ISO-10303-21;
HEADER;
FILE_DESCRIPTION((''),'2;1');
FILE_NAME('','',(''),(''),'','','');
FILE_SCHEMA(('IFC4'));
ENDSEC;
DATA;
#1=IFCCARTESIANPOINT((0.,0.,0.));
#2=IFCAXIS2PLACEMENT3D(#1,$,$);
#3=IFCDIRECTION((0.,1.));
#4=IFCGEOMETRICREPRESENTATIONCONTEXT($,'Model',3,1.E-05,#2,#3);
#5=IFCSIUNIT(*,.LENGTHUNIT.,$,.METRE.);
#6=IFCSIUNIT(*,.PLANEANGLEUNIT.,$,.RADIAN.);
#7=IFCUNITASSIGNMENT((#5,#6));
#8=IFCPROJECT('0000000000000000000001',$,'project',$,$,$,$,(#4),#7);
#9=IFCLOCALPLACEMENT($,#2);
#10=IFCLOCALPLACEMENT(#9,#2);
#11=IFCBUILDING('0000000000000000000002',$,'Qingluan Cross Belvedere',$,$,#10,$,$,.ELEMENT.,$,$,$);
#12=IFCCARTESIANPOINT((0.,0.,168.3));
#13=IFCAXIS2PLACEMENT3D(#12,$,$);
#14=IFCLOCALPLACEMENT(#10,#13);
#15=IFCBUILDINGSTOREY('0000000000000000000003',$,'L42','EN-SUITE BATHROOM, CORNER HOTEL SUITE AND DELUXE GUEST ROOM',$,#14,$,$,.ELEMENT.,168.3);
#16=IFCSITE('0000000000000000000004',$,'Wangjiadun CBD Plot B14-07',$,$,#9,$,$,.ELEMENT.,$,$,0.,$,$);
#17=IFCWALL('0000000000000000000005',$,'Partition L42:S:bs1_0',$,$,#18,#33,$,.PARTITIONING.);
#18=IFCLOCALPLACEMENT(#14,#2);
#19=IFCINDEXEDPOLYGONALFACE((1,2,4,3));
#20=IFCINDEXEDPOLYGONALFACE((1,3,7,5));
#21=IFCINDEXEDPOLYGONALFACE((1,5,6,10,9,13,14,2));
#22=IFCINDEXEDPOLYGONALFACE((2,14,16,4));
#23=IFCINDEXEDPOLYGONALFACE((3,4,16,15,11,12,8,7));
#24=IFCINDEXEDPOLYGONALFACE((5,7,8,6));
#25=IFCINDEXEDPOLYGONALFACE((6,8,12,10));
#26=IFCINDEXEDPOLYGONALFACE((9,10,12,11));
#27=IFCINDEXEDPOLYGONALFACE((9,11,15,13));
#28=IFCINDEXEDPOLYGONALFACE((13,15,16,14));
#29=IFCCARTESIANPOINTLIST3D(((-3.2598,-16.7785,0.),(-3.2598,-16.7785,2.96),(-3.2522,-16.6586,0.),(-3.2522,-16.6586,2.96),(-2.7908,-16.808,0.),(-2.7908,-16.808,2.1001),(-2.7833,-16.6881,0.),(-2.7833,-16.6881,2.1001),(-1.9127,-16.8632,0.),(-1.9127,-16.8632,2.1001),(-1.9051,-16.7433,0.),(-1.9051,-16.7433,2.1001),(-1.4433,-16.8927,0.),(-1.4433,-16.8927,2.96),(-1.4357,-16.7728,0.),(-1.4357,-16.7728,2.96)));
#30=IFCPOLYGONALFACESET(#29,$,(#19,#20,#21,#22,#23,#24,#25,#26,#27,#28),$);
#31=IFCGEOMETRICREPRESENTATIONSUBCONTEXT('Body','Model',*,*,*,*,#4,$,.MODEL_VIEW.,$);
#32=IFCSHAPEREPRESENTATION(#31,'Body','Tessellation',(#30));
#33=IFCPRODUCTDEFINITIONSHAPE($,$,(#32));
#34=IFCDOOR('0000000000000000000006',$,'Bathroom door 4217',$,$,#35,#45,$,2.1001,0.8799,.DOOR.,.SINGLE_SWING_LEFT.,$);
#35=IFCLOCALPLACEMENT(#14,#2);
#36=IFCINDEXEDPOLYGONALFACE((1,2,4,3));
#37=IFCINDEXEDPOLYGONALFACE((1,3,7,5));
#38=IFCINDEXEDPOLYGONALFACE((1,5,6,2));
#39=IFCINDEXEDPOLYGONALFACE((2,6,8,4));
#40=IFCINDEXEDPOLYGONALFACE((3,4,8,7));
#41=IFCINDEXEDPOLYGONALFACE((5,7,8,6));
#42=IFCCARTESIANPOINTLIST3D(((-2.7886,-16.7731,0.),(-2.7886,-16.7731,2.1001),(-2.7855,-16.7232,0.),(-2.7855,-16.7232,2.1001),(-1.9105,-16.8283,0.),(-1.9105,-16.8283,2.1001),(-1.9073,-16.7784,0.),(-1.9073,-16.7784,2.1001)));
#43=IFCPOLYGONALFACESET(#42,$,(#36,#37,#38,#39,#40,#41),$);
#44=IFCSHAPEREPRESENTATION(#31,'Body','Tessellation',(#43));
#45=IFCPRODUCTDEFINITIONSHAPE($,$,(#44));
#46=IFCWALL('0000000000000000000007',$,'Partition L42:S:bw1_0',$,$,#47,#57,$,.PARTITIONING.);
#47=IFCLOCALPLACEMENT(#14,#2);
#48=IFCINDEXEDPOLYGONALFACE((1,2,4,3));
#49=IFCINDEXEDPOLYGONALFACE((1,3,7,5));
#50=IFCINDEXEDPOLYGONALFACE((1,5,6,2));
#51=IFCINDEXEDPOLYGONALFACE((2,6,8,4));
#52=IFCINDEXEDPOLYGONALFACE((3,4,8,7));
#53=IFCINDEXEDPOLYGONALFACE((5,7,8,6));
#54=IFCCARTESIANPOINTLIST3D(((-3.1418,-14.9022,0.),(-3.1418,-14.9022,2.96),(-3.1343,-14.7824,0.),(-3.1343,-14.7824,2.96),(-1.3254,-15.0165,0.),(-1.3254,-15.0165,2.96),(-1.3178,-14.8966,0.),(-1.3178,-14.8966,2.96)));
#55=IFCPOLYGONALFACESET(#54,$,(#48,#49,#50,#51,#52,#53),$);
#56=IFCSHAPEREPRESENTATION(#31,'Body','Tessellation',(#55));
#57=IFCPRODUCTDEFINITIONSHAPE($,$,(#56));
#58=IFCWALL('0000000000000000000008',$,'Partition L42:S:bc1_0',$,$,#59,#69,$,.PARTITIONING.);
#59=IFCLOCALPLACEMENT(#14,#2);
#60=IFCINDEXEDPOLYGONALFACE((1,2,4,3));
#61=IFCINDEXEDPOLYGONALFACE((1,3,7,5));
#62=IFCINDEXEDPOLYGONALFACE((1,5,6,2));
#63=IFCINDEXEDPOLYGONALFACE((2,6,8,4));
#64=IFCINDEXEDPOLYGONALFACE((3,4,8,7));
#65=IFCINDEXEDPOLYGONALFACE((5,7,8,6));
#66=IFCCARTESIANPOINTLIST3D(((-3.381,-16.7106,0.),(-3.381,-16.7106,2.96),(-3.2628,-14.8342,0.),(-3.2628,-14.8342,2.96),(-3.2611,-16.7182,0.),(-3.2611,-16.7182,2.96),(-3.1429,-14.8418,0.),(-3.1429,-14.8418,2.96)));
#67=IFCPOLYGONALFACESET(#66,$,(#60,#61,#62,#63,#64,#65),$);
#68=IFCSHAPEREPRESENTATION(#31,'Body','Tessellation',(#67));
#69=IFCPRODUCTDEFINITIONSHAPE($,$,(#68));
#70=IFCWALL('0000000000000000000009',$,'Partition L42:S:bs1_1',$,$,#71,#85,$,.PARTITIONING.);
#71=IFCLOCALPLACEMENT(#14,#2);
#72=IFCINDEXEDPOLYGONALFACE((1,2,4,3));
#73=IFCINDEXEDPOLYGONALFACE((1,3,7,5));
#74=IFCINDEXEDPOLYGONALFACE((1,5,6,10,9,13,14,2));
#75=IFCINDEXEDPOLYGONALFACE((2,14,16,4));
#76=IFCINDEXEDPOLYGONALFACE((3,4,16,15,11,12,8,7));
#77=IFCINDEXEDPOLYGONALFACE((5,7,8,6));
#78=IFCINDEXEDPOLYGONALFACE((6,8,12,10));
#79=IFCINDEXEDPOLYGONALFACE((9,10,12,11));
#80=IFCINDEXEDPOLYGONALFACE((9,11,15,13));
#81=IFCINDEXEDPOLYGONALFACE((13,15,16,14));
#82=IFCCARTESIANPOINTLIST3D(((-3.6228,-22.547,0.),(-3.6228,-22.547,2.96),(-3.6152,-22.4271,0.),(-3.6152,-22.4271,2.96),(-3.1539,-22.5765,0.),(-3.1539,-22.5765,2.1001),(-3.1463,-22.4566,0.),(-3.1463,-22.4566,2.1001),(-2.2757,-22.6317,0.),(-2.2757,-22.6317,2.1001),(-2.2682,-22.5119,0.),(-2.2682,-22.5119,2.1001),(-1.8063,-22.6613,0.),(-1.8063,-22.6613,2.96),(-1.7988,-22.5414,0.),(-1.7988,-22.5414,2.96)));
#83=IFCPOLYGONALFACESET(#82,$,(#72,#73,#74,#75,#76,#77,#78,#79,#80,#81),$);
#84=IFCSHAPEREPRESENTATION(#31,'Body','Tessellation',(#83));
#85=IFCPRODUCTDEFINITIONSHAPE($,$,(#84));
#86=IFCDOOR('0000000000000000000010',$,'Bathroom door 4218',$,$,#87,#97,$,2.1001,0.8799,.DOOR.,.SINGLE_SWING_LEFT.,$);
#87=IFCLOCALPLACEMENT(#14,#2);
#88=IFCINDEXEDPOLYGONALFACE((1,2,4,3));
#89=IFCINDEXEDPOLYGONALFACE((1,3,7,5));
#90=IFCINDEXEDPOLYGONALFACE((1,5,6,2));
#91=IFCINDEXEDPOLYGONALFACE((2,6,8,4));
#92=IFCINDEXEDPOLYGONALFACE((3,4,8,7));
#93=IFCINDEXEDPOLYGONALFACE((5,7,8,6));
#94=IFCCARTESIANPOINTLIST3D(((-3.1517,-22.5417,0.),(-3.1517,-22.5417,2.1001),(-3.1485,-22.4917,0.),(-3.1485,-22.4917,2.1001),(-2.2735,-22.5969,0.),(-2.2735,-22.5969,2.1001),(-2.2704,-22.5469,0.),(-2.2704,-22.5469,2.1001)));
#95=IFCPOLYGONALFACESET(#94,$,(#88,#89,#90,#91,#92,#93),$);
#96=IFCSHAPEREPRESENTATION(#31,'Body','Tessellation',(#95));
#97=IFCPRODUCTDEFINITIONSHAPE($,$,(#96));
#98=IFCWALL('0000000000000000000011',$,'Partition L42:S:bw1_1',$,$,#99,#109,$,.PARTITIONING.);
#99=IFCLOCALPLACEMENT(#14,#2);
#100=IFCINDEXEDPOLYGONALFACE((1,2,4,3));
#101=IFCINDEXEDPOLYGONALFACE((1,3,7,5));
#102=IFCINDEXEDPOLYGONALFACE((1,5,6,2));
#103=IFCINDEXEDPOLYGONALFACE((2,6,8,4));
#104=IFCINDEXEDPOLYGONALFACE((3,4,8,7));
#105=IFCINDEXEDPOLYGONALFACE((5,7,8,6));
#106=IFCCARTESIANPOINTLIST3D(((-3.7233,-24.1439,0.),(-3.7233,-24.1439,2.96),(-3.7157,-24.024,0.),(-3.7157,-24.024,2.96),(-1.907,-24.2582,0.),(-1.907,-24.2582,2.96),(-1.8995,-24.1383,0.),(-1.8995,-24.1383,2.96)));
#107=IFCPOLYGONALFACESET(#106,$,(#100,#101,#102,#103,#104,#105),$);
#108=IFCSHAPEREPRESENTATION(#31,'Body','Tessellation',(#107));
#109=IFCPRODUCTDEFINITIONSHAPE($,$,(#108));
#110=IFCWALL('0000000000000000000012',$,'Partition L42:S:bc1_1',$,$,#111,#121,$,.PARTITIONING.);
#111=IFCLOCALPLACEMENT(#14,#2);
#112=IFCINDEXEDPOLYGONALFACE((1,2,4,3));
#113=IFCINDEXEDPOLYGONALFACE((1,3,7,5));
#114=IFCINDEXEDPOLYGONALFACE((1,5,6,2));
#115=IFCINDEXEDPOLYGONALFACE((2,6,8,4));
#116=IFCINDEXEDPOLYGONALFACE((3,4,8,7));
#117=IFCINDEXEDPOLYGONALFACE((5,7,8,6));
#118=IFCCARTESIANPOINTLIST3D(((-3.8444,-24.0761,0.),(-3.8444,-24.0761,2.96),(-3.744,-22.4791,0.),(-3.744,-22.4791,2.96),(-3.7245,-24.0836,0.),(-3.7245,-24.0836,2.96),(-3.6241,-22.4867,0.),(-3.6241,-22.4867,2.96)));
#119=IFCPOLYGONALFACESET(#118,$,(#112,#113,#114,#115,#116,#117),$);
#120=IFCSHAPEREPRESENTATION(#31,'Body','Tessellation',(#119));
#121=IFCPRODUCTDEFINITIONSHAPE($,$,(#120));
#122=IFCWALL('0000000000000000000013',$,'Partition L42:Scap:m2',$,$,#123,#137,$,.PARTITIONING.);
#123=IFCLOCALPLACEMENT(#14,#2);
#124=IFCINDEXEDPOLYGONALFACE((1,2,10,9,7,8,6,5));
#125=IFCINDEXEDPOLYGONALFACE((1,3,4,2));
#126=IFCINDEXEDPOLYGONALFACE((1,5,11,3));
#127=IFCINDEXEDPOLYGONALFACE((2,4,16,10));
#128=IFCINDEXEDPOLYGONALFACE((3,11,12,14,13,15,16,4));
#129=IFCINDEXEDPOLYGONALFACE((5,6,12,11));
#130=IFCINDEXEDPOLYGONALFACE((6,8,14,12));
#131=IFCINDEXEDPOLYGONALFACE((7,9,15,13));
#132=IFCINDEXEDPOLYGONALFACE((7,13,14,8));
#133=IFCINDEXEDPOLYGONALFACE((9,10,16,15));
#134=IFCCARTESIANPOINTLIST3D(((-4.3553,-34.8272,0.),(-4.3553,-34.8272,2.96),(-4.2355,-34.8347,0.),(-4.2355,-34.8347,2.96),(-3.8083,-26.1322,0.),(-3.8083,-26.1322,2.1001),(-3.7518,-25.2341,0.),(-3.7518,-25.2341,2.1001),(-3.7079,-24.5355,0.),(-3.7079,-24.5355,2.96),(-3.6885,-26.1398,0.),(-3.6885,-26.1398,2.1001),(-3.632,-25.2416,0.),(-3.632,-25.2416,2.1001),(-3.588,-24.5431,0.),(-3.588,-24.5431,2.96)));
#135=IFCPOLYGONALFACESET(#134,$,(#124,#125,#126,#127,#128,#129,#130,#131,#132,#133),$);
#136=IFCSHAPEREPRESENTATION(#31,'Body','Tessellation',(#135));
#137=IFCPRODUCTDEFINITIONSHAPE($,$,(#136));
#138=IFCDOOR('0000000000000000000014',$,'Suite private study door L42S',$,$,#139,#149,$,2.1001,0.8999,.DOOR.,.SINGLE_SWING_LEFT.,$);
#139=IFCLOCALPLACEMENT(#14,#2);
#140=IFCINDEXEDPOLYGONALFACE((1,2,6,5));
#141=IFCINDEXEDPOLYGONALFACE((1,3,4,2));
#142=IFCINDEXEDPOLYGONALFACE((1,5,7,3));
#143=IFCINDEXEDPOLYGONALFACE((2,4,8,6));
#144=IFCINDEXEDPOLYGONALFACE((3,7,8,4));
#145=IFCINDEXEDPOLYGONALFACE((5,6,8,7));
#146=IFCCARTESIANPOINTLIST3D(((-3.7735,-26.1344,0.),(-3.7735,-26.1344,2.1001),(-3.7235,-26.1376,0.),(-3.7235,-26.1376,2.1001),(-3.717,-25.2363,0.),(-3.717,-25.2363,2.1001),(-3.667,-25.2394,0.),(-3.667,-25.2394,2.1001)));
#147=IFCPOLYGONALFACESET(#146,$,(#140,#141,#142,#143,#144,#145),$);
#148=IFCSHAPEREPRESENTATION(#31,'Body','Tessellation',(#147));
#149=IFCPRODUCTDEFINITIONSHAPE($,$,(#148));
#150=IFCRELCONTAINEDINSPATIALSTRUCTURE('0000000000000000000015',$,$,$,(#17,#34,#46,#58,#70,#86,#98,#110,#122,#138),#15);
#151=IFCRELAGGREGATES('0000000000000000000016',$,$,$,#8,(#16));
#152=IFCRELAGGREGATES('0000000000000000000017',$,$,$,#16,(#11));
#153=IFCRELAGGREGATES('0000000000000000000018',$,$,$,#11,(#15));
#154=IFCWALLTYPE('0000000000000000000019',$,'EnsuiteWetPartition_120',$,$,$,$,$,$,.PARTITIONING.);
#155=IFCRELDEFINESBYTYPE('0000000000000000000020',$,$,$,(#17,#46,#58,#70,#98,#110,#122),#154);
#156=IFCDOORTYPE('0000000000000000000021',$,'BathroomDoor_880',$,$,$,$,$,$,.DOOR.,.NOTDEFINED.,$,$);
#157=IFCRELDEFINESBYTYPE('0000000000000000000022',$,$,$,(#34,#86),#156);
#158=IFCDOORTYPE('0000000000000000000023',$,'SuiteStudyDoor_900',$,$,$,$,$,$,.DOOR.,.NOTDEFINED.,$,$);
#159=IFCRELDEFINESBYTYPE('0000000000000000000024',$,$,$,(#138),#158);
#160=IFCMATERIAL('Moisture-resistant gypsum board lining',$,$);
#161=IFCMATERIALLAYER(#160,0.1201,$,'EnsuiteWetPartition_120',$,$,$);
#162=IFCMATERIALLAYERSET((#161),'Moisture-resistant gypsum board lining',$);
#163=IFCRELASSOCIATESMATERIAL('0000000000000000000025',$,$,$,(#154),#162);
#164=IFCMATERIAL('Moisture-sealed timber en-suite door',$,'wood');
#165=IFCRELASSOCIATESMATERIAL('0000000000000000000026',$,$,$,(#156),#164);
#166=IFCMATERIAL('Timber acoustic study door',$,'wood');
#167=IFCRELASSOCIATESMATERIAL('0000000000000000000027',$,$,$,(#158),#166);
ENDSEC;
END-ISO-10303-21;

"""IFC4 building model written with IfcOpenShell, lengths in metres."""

from ifc_helpers import new_model, si_unit, direction, frame, frame_2d, origin, place, context, subcontext, project, spatial, rectangle, extrude, material, layer, layer_set, type_object, element, fill, save


model = new_model("IFC4")

# Units and contexts
model_context = context("Model", 3, precision=1e-05, world=origin(), true_north=direction((0.0, 1.0)))
body_context = subcontext(model_context, "Body", "Model", "MODEL_VIEW")
ifc_project = project(units=[si_unit("LENGTHUNIT", "METRE"), si_unit("PLANEANGLEUNIT", "RADIAN")], contexts=[model_context])

# Site, building, storey
site_placement = place(None, origin())
site = spatial("IfcSite", under=ifc_project, at=site_placement, Name="Wangjiadun CBD Plot B14-07", CompositionType="ELEMENT", RefElevation=0.0)
building_placement = place(site_placement, origin())
building = spatial("IfcBuilding", under=site, at=building_placement, Name="Qingluan Cross Belvedere", CompositionType="ELEMENT")
storey_placement = place(building_placement, frame((0.0, 0.0, 168.3)))
storey = spatial("IfcBuildingStorey", under=building, at=storey_placement, Name="L42", Description="EN-SUITE BATHROOM, CORNER HOTEL SUITE AND DELUXE GUEST ROOM", CompositionType="ELEMENT", Elevation=168.3)

# Wall, opening, door
ifc_material_1 = material(Name="Moisture-resistant gypsum board lining")
ifc_layer_1 = layer(ifc_material_1, 0.1201, Name="EnsuiteWetPartition_120")
ifc_layer_set_1 = layer_set([ifc_layer_1], Name="Moisture-resistant gypsum board lining")
wall_type_1 = type_object("IfcWallType", Name="EnsuiteWetPartition_120", PredefinedType="PARTITIONING", material=ifc_layer_set_1)
wall_1_placement = place(storey_placement, frame((-3.2561, -16.7185, 0.0), z_axis=(0.0, 0.0, 1.0), x_axis=(0.998027, -0.062779, 0.0)))
wall_1 = element("IfcWall", 1, at=wall_1_placement, inside=storey, type_object=wall_type_1, Name="Partition L42:S:bs1_0", PredefinedType="PARTITIONING", context=body_context, shape_type="SweptSolid", body=[
    extrude(rectangle(XDim=1.8201, YDim=0.1201, at=frame_2d((0.9102, 0.0))), origin(), (0.0, 0.0, 1.0), 2.96),
])
opening_1_placement = place(wall_1_placement, frame((0.47, 0.0, 0.0)))
opening_1 = element("IfcOpeningElement", 2, at=opening_1_placement, cuts=wall_1, PredefinedType="OPENING", context=body_context, shape_type="SweptSolid", body=[
    extrude(rectangle(XDim=0.8799, YDim=2.1001, at=frame_2d((0.4399, 1.05))), frame((0.0, 0.0701, 0.0), z_axis=(0.0, -1.0, 0.0), x_axis=(1.0, 0.0, 0.0)), (0.0, 0.0, 1.0), 0.1401),
])
ifc_material_2 = material(Name="Moisture-sealed timber en-suite door", Category="wood")
door_type_1 = type_object("IfcDoorType", Name="BathroomDoor_880", OperationType="NOTDEFINED", PredefinedType="DOOR", material=ifc_material_2)
door_1_placement = place(opening_1_placement, origin())
door_1 = element("IfcDoor", 3, at=door_1_placement, inside=storey, type_object=door_type_1, Name="Bathroom door 4217", OperationType="SINGLE_SWING_LEFT", OverallHeight=2.1001, OverallWidth=0.8799, PredefinedType="DOOR", context=body_context, shape_type="SweptSolid", body=[
    extrude(rectangle(XDim=0.8799, YDim=2.1001, at=frame_2d((0.4399, 1.05))), frame((0.0, 0.0249, 0.0), z_axis=(0.0, -1.0, 0.0), x_axis=(1.0, 0.0, 0.0)), (0.0, 0.0, 1.0), 0.05),
])
fill(opening_1, door_1)

# Walls
wall_2_placement = place(storey_placement, frame((-3.1382, -14.8423, 0.0), z_axis=(0.0, 0.0, 1.0), x_axis=(0.998027, -0.062779, 0.0)))
element("IfcWall", 4, at=wall_2_placement, inside=storey, type_object=wall_type_1, Name="Partition L42:S:bw1_0", PredefinedType="PARTITIONING", context=body_context, shape_type="SweptSolid", body=[
    extrude(rectangle(XDim=1.8201, YDim=0.1201, at=frame_2d((0.9102, 0.0))), origin(), (0.0, 0.0, 1.0), 2.96),
])
wall_3_placement = place(storey_placement, frame((-3.2029, -14.8381, 0.0), z_axis=(0.0, 0.0, 1.0), x_axis=(-0.062847, -0.998023, 0.0)))
element("IfcWall", 5, at=wall_3_placement, inside=storey, type_object=wall_type_1, Name="Partition L42:S:bc1_0", PredefinedType="PARTITIONING", context=body_context, shape_type="SweptSolid", body=[
    extrude(rectangle(XDim=1.8801, YDim=0.1201, at=frame_2d((0.9399, 0.0))), origin(), (0.0, 0.0, 1.0), 2.96),
])

# Wall, opening, door
wall_4_placement = place(storey_placement, frame((-3.6191, -22.4871, 0.0), z_axis=(0.0, 0.0, 1.0), x_axis=(0.998027, -0.062779, 0.0)))
wall_4 = element("IfcWall", 6, at=wall_4_placement, inside=storey, type_object=wall_type_1, Name="Partition L42:S:bs1_1", PredefinedType="PARTITIONING", context=body_context, shape_type="SweptSolid", body=[
    extrude(rectangle(XDim=1.8201, YDim=0.1201, at=frame_2d((0.9102, 0.0))), origin(), (0.0, 0.0, 1.0), 2.96),
])
opening_2_placement = place(wall_4_placement, frame((0.47, 0.0, 0.0)))
opening_2 = element("IfcOpeningElement", 7, at=opening_2_placement, cuts=wall_4, PredefinedType="OPENING", context=body_context, shape_type="SweptSolid", body=[
    extrude(rectangle(XDim=0.8799, YDim=2.1001, at=frame_2d((0.4399, 1.05))), frame((0.0, 0.0701, 0.0), z_axis=(0.0, -1.0, 0.0), x_axis=(1.0, 0.0, 0.0)), (0.0, 0.0, 1.0), 0.1401),
])
door_2_placement = place(opening_2_placement, origin())
door_2 = element("IfcDoor", 8, at=door_2_placement, inside=storey, type_object=door_type_1, Name="Bathroom door 4218", OperationType="SINGLE_SWING_LEFT", OverallHeight=2.1001, OverallWidth=0.8799, PredefinedType="DOOR", context=body_context, shape_type="SweptSolid", body=[
    extrude(rectangle(XDim=0.8799, YDim=2.1001, at=frame_2d((0.4399, 1.05))), frame((0.0, 0.0249, 0.0), z_axis=(0.0, -1.0, 0.0), x_axis=(1.0, 0.0, 0.0)), (0.0, 0.0, 1.0), 0.05),
])
fill(opening_2, door_2)

# Walls
wall_5_placement = place(storey_placement, frame((-3.7195, -24.084, 0.0), z_axis=(0.0, 0.0, 1.0), x_axis=(0.998027, -0.062788, 0.0)))
element("IfcWall", 9, at=wall_5_placement, inside=storey, type_object=wall_type_1, Name="Partition L42:S:bw1_1", PredefinedType="PARTITIONING", context=body_context, shape_type="SweptSolid", body=[
    extrude(rectangle(XDim=1.8198, YDim=0.1201, at=frame_2d((0.9099, 0.0))), origin(), (0.0, 0.0, 1.0), 2.96),
])
wall_6_placement = place(storey_placement, frame((-3.6841, -22.4829, 0.0), z_axis=(0.0, 0.0, 1.0), x_axis=(-0.062711, -0.998032, 0.0)))
element("IfcWall", 10, at=wall_6_placement, inside=storey, type_object=wall_type_1, Name="Partition L42:S:bc1_1", PredefinedType="PARTITIONING", context=body_context, shape_type="SweptSolid", body=[
    extrude(rectangle(XDim=1.6001, YDim=0.1201, at=frame_2d((0.8, 0.0))), origin(), (0.0, 0.0, 1.0), 2.96),
])

# Wall, opening, door
wall_7_placement = place(storey_placement, frame((-3.6479, -24.5393, 0.0), z_axis=(0.0, 0.0, 1.0), x_axis=(-0.062787, -0.998027, 0.0)))
wall_7 = element("IfcWall", 11, at=wall_7_placement, inside=storey, type_object=wall_type_1, Name="Partition L42:Scap:m2", PredefinedType="PARTITIONING", context=body_context, shape_type="SweptSolid", body=[
    extrude(rectangle(XDim=10.312, YDim=0.1201, at=frame_2d((5.156, 0.0))), origin(), (0.0, 0.0, 1.0), 2.96),
])
opening_3_placement = place(wall_7_placement, frame((0.7, 0.0, 0.0)))
opening_3 = element("IfcOpeningElement", 12, at=opening_3_placement, cuts=wall_7, PredefinedType="OPENING", context=body_context, shape_type="SweptSolid", body=[
    extrude(rectangle(XDim=0.8999, YDim=2.1001, at=frame_2d((0.45, 1.05))), frame((0.0, 0.0701, 0.0), z_axis=(0.0, -1.0, 0.0), x_axis=(1.0, 0.0, 0.0)), (0.0, 0.0, 1.0), 0.1401),
])
ifc_material_3 = material(Name="Timber acoustic study door", Category="wood")
door_type_2 = type_object("IfcDoorType", Name="SuiteStudyDoor_900", OperationType="NOTDEFINED", PredefinedType="DOOR", material=ifc_material_3)
door_3_placement = place(opening_3_placement, origin())
door_3 = element("IfcDoor", 13, at=door_3_placement, inside=storey, type_object=door_type_2, Name="Suite private study door L42S", OperationType="SINGLE_SWING_LEFT", OverallHeight=2.1001, OverallWidth=0.8999, PredefinedType="DOOR", context=body_context, shape_type="SweptSolid", body=[
    extrude(rectangle(XDim=0.8999, YDim=2.1001, at=frame_2d((0.45, 1.05))), frame((0.0, 0.0249, 0.0), z_axis=(0.0, -1.0, 0.0), x_axis=(1.0, 0.0, 0.0)), (0.0, 0.0, 1.0), 0.05),
])
fill(opening_3, door_3)

save(model, "model.ifc")
